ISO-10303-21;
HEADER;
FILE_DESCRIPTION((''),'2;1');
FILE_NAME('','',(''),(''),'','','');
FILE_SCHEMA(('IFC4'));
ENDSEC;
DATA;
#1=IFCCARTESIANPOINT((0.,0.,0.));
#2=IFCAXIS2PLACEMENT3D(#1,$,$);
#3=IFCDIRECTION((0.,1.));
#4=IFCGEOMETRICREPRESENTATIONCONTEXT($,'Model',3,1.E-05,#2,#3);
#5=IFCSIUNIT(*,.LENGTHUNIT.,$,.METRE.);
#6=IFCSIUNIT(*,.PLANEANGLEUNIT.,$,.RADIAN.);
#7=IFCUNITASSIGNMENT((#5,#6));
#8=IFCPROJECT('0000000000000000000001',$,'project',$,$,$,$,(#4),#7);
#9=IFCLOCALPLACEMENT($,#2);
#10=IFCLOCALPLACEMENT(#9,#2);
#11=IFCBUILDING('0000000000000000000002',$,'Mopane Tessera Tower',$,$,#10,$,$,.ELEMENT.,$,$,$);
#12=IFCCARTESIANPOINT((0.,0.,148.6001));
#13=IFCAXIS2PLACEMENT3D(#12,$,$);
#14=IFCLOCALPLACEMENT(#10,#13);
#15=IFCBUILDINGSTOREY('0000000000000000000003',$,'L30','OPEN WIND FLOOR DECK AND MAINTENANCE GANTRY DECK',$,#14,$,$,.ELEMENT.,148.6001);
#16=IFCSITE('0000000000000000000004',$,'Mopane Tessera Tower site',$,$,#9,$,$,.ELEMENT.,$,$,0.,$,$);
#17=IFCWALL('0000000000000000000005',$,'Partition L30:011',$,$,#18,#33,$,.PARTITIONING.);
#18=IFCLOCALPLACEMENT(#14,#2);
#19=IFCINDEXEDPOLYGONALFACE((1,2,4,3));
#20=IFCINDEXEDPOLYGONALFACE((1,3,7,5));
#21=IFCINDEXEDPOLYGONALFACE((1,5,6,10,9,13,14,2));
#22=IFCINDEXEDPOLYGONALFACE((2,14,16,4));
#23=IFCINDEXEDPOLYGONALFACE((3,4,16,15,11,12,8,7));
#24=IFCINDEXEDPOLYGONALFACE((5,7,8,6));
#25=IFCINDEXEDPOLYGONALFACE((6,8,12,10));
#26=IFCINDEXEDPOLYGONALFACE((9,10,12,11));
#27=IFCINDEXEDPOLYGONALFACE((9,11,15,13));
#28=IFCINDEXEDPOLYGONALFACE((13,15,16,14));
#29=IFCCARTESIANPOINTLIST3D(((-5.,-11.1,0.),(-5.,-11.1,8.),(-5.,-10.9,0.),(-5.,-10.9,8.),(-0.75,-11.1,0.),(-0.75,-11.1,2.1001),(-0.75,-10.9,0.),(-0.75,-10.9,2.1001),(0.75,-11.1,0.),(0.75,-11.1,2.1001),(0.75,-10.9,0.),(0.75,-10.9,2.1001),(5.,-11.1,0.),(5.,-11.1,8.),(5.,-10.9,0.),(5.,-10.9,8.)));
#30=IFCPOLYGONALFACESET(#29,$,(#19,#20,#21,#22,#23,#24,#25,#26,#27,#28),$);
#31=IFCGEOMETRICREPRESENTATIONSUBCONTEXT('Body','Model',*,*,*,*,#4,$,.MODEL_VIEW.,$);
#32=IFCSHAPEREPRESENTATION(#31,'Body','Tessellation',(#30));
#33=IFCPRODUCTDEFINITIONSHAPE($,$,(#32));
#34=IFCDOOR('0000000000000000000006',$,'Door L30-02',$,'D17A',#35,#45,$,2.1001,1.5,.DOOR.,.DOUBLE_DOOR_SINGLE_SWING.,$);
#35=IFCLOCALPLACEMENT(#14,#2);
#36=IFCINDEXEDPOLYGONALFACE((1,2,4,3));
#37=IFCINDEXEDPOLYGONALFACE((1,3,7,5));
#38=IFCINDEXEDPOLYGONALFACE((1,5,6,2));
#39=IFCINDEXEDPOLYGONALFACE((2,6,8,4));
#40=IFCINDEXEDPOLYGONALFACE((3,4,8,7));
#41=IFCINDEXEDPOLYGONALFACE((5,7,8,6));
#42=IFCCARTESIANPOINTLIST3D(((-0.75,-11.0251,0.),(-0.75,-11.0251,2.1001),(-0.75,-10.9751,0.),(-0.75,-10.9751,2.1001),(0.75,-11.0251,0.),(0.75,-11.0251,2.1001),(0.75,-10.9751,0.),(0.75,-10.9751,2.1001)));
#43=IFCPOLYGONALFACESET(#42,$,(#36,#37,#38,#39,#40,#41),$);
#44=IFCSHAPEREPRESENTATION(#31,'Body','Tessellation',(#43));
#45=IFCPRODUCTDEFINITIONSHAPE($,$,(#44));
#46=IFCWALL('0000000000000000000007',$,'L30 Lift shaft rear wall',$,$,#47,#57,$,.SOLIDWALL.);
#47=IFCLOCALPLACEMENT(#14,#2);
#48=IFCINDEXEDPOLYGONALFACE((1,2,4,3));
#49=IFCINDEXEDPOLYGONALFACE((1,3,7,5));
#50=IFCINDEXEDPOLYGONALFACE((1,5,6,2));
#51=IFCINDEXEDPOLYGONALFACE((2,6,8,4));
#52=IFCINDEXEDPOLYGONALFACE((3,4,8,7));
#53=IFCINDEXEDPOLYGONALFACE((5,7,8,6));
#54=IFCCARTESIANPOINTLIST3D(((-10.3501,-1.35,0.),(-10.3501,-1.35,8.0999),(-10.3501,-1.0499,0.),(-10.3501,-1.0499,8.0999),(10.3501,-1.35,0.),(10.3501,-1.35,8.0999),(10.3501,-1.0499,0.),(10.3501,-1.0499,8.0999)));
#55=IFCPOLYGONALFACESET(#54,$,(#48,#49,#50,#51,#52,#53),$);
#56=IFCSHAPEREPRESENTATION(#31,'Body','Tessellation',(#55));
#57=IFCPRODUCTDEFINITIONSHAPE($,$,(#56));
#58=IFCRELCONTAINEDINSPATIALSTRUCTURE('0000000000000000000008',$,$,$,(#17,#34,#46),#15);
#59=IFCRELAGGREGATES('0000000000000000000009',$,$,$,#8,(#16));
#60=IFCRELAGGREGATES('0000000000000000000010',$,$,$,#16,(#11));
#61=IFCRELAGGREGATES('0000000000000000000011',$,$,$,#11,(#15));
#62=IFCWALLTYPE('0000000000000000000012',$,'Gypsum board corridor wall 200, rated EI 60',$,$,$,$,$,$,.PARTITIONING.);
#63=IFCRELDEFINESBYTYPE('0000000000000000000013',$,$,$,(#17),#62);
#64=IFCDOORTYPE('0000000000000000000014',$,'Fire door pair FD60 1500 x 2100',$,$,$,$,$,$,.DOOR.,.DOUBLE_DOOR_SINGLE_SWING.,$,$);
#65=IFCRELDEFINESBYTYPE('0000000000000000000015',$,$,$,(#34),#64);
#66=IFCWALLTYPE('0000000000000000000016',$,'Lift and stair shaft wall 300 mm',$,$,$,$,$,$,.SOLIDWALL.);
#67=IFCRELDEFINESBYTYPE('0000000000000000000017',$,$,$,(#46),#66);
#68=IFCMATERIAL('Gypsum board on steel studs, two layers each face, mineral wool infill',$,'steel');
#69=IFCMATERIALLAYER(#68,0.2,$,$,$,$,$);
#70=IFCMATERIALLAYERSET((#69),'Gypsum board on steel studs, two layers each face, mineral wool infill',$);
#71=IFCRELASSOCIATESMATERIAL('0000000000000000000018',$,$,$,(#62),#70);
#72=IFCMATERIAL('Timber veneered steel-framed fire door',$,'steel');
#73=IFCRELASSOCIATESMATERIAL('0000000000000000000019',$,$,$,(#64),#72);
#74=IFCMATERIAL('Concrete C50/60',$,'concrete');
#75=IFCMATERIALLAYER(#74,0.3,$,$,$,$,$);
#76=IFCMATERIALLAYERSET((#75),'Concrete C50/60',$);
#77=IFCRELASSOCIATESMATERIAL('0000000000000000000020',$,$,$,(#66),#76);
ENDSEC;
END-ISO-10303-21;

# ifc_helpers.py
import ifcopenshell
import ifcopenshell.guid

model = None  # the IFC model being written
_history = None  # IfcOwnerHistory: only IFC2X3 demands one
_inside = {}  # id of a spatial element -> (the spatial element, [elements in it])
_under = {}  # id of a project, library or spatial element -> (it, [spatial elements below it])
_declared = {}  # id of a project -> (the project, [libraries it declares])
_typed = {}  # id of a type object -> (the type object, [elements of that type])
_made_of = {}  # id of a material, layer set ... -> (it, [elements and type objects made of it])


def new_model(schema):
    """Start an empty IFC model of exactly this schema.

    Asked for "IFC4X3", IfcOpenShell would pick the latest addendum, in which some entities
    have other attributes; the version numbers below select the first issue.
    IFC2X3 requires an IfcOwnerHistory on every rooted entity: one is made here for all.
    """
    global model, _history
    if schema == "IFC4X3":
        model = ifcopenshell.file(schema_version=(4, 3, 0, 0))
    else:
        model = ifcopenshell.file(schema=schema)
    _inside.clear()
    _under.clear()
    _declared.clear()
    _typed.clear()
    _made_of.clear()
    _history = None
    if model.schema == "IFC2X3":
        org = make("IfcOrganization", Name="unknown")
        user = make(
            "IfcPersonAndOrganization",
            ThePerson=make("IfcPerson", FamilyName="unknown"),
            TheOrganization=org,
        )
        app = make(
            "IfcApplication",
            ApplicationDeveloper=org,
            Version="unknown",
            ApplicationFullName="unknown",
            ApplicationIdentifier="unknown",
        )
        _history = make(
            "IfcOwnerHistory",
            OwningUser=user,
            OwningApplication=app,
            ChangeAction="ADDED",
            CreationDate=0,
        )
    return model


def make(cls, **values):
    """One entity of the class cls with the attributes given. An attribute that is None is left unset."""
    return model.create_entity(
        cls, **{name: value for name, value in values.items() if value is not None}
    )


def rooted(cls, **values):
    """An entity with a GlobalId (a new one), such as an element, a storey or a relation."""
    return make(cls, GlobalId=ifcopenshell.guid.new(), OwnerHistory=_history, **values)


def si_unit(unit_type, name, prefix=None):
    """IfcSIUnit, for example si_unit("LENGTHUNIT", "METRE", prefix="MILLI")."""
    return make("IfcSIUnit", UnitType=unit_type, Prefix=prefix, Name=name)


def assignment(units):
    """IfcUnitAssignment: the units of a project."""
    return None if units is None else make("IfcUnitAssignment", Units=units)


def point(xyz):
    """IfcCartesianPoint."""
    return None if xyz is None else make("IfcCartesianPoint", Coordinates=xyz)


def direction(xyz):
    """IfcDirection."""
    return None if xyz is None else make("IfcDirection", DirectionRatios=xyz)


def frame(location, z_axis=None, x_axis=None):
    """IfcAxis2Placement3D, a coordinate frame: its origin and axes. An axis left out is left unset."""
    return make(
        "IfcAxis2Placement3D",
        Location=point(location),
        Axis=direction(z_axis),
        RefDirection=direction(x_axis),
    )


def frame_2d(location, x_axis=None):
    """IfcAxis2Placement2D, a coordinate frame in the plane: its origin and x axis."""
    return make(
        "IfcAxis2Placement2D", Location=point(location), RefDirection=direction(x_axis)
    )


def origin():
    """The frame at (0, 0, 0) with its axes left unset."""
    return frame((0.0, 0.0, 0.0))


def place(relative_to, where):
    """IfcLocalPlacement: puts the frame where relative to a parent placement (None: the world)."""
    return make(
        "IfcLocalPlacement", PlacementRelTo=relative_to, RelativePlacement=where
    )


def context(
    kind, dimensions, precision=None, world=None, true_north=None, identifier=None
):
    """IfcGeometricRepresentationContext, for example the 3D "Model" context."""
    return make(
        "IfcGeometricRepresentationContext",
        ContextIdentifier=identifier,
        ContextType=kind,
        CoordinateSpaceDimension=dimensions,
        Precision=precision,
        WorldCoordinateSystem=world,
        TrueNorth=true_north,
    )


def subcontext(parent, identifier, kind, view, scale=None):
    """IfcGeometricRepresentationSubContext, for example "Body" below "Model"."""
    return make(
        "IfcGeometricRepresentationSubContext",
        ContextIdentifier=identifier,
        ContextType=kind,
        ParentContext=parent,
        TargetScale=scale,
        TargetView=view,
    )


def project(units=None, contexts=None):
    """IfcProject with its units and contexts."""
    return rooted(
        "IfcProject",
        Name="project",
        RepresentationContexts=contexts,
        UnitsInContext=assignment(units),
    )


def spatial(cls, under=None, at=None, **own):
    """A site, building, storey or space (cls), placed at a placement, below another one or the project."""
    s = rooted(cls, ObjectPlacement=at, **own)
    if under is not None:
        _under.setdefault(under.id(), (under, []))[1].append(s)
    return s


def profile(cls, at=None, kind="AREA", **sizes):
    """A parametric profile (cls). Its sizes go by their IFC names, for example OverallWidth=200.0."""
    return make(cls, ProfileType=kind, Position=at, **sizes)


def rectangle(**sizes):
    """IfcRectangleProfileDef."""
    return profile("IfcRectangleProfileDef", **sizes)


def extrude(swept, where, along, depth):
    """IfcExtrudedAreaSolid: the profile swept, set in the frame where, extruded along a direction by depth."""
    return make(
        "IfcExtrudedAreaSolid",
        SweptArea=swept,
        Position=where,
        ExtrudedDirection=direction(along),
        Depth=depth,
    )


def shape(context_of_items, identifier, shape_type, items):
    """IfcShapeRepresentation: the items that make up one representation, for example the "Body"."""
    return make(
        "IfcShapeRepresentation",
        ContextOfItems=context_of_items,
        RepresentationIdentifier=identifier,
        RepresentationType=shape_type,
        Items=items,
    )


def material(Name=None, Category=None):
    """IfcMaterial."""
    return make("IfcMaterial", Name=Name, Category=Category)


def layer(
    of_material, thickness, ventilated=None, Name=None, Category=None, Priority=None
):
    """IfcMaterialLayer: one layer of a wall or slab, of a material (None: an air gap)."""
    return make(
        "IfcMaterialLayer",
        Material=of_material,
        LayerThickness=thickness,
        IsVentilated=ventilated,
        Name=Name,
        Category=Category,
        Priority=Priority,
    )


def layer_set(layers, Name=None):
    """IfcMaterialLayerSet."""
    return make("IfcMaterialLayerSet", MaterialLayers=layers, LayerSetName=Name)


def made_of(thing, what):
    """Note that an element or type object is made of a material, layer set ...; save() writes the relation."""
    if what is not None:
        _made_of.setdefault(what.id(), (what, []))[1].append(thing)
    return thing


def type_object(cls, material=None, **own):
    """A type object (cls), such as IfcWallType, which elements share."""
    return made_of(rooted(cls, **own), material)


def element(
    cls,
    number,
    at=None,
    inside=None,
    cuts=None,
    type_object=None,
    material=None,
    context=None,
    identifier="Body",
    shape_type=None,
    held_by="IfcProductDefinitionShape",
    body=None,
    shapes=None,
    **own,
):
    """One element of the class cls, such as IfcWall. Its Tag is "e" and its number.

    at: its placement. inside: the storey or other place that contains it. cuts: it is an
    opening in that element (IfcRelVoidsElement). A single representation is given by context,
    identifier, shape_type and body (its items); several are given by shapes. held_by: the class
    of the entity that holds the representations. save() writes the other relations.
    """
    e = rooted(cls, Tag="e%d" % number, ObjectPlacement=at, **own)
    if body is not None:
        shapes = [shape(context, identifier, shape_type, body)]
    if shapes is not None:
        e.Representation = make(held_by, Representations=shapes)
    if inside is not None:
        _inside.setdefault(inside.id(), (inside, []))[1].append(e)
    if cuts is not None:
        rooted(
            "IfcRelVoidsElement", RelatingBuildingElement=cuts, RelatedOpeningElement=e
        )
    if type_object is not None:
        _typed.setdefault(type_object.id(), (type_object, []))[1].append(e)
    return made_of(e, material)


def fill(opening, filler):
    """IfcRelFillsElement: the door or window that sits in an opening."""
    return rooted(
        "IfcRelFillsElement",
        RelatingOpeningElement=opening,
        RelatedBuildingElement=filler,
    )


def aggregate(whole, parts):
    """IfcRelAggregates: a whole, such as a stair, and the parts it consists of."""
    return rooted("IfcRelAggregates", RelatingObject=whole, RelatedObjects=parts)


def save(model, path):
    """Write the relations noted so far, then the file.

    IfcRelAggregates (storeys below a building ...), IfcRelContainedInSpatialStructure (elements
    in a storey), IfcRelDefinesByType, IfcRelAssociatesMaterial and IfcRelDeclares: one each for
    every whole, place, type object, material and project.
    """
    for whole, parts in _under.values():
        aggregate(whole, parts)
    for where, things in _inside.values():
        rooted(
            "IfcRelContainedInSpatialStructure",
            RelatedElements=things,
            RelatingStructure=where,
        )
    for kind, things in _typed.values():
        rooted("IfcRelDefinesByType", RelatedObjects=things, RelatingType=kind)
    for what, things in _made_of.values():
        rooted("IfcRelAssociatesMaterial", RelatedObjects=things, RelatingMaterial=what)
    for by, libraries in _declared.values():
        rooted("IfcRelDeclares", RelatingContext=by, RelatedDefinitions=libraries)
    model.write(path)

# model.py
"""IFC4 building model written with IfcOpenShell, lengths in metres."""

from ifc_helpers import new_model, si_unit, direction, frame, frame_2d, origin, place, context, subcontext, project, spatial, rectangle, extrude, material, layer, layer_set, type_object, element, fill, save


model = new_model("IFC4")

# Units and contexts
model_context = context("Model", 3, precision=1e-05, world=origin(), true_north=direction((0.0, 1.0)))
body_context = subcontext(model_context, "Body", "Model", "MODEL_VIEW")
ifc_project = project(units=[si_unit("LENGTHUNIT", "METRE"), si_unit("PLANEANGLEUNIT", "RADIAN")], contexts=[model_context])

# Site, building, storey
site_placement = place(None, origin())
site = spatial("IfcSite", under=ifc_project, at=site_placement, Name="Mopane Tessera Tower site", CompositionType="ELEMENT", RefElevation=0.0)
building_placement = place(site_placement, origin())
building = spatial("IfcBuilding", under=site, at=building_placement, Name="Mopane Tessera Tower", CompositionType="ELEMENT")
storey_placement = place(building_placement, frame((0.0, 0.0, 148.6001)))
storey = spatial("IfcBuildingStorey", under=building, at=storey_placement, Name="L30", Description="OPEN WIND FLOOR DECK AND MAINTENANCE GANTRY DECK", CompositionType="ELEMENT", Elevation=148.6001)

# Wall, opening, door
ifc_material_1 = material(Name="Gypsum board on steel studs, two layers each face, mineral wool infill", Category="steel")
ifc_layer_1 = layer(ifc_material_1, 0.2)
ifc_layer_set_1 = layer_set([ifc_layer_1], Name="Gypsum board on steel studs, two layers each face, mineral wool infill")
wall_type_1 = type_object("IfcWallType", Name="Gypsum board corridor wall 200, rated EI 60", PredefinedType="PARTITIONING", material=ifc_layer_set_1)
wall_1_placement = place(storey_placement, frame((-5.0, -11.0, 0.0), z_axis=(0.0, 0.0, 1.0), x_axis=(1.0, 0.0, 0.0)))
wall_1 = element("IfcWall", 1, at=wall_1_placement, inside=storey, type_object=wall_type_1, Name="Partition L30:011", PredefinedType="PARTITIONING", context=body_context, shape_type="SweptSolid", body=[
    extrude(rectangle(XDim=10.0, YDim=0.2, at=frame_2d((5.0, 0.0))), origin(), (0.0, 0.0, 1.0), 8.0),
])
opening_1_placement = place(wall_1_placement, frame((4.25, 0.0, 0.0)))
opening_1 = element("IfcOpeningElement", 2, at=opening_1_placement, cuts=wall_1, PredefinedType="OPENING", context=body_context, shape_type="SweptSolid", body=[
    extrude(rectangle(XDim=1.5, YDim=2.1001, at=frame_2d((0.75, 1.05))), frame((0.0, 0.1121, 0.0), z_axis=(0.0, -1.0, 0.0), x_axis=(1.0, 0.0, 0.0)), (0.0, 0.0, 1.0), 0.2239),
])
ifc_material_2 = material(Name="Timber veneered steel-framed fire door", Category="steel")
door_type_1 = type_object("IfcDoorType", Name="Fire door pair FD60 1500 x 2100", OperationType="DOUBLE_DOOR_SINGLE_SWING", PredefinedType="DOOR", material=ifc_material_2)
door_1_placement = place(opening_1_placement, origin())
door_1 = element("IfcDoor", 3, at=door_1_placement, inside=storey, type_object=door_type_1, Name="Door L30-02", ObjectType="D17A", OperationType="DOUBLE_DOOR_SINGLE_SWING", OverallHeight=2.1001, OverallWidth=1.5, PredefinedType="DOOR", context=body_context, shape_type="SweptSolid", body=[
    extrude(rectangle(XDim=1.5, YDim=2.1001, at=frame_2d((0.75, 1.05))), frame((0.0, 0.0249, 0.0), z_axis=(0.0, -1.0, 0.0), x_axis=(1.0, 0.0, 0.0)), (0.0, 0.0, 1.0), 0.05),
])
fill(opening_1, door_1)

# Wall
ifc_material_3 = material(Name="Concrete C50/60", Category="concrete")
ifc_layer_2 = layer(ifc_material_3, 0.3)
ifc_layer_set_2 = layer_set([ifc_layer_2], Name="Concrete C50/60")
wall_type_2 = type_object("IfcWallType", Name="Lift and stair shaft wall 300 mm", PredefinedType="SOLIDWALL", material=ifc_layer_set_2)
wall_2_placement = place(storey_placement, frame((-10.3501, -1.2, 0.0), z_axis=(0.0, 0.0, 1.0), x_axis=(1.0, 0.0, 0.0)))
element("IfcWall", 4, at=wall_2_placement, inside=storey, type_object=wall_type_2, Name="L30 Lift shaft rear wall", PredefinedType="SOLIDWALL", context=body_context, shape_type="SweptSolid", body=[
    extrude(rectangle(XDim=20.7002, YDim=0.3, at=frame_2d((10.3501, 0.0))), origin(), (0.0, 0.0, 1.0), 8.0999),
])

save(model, "model.ifc")
